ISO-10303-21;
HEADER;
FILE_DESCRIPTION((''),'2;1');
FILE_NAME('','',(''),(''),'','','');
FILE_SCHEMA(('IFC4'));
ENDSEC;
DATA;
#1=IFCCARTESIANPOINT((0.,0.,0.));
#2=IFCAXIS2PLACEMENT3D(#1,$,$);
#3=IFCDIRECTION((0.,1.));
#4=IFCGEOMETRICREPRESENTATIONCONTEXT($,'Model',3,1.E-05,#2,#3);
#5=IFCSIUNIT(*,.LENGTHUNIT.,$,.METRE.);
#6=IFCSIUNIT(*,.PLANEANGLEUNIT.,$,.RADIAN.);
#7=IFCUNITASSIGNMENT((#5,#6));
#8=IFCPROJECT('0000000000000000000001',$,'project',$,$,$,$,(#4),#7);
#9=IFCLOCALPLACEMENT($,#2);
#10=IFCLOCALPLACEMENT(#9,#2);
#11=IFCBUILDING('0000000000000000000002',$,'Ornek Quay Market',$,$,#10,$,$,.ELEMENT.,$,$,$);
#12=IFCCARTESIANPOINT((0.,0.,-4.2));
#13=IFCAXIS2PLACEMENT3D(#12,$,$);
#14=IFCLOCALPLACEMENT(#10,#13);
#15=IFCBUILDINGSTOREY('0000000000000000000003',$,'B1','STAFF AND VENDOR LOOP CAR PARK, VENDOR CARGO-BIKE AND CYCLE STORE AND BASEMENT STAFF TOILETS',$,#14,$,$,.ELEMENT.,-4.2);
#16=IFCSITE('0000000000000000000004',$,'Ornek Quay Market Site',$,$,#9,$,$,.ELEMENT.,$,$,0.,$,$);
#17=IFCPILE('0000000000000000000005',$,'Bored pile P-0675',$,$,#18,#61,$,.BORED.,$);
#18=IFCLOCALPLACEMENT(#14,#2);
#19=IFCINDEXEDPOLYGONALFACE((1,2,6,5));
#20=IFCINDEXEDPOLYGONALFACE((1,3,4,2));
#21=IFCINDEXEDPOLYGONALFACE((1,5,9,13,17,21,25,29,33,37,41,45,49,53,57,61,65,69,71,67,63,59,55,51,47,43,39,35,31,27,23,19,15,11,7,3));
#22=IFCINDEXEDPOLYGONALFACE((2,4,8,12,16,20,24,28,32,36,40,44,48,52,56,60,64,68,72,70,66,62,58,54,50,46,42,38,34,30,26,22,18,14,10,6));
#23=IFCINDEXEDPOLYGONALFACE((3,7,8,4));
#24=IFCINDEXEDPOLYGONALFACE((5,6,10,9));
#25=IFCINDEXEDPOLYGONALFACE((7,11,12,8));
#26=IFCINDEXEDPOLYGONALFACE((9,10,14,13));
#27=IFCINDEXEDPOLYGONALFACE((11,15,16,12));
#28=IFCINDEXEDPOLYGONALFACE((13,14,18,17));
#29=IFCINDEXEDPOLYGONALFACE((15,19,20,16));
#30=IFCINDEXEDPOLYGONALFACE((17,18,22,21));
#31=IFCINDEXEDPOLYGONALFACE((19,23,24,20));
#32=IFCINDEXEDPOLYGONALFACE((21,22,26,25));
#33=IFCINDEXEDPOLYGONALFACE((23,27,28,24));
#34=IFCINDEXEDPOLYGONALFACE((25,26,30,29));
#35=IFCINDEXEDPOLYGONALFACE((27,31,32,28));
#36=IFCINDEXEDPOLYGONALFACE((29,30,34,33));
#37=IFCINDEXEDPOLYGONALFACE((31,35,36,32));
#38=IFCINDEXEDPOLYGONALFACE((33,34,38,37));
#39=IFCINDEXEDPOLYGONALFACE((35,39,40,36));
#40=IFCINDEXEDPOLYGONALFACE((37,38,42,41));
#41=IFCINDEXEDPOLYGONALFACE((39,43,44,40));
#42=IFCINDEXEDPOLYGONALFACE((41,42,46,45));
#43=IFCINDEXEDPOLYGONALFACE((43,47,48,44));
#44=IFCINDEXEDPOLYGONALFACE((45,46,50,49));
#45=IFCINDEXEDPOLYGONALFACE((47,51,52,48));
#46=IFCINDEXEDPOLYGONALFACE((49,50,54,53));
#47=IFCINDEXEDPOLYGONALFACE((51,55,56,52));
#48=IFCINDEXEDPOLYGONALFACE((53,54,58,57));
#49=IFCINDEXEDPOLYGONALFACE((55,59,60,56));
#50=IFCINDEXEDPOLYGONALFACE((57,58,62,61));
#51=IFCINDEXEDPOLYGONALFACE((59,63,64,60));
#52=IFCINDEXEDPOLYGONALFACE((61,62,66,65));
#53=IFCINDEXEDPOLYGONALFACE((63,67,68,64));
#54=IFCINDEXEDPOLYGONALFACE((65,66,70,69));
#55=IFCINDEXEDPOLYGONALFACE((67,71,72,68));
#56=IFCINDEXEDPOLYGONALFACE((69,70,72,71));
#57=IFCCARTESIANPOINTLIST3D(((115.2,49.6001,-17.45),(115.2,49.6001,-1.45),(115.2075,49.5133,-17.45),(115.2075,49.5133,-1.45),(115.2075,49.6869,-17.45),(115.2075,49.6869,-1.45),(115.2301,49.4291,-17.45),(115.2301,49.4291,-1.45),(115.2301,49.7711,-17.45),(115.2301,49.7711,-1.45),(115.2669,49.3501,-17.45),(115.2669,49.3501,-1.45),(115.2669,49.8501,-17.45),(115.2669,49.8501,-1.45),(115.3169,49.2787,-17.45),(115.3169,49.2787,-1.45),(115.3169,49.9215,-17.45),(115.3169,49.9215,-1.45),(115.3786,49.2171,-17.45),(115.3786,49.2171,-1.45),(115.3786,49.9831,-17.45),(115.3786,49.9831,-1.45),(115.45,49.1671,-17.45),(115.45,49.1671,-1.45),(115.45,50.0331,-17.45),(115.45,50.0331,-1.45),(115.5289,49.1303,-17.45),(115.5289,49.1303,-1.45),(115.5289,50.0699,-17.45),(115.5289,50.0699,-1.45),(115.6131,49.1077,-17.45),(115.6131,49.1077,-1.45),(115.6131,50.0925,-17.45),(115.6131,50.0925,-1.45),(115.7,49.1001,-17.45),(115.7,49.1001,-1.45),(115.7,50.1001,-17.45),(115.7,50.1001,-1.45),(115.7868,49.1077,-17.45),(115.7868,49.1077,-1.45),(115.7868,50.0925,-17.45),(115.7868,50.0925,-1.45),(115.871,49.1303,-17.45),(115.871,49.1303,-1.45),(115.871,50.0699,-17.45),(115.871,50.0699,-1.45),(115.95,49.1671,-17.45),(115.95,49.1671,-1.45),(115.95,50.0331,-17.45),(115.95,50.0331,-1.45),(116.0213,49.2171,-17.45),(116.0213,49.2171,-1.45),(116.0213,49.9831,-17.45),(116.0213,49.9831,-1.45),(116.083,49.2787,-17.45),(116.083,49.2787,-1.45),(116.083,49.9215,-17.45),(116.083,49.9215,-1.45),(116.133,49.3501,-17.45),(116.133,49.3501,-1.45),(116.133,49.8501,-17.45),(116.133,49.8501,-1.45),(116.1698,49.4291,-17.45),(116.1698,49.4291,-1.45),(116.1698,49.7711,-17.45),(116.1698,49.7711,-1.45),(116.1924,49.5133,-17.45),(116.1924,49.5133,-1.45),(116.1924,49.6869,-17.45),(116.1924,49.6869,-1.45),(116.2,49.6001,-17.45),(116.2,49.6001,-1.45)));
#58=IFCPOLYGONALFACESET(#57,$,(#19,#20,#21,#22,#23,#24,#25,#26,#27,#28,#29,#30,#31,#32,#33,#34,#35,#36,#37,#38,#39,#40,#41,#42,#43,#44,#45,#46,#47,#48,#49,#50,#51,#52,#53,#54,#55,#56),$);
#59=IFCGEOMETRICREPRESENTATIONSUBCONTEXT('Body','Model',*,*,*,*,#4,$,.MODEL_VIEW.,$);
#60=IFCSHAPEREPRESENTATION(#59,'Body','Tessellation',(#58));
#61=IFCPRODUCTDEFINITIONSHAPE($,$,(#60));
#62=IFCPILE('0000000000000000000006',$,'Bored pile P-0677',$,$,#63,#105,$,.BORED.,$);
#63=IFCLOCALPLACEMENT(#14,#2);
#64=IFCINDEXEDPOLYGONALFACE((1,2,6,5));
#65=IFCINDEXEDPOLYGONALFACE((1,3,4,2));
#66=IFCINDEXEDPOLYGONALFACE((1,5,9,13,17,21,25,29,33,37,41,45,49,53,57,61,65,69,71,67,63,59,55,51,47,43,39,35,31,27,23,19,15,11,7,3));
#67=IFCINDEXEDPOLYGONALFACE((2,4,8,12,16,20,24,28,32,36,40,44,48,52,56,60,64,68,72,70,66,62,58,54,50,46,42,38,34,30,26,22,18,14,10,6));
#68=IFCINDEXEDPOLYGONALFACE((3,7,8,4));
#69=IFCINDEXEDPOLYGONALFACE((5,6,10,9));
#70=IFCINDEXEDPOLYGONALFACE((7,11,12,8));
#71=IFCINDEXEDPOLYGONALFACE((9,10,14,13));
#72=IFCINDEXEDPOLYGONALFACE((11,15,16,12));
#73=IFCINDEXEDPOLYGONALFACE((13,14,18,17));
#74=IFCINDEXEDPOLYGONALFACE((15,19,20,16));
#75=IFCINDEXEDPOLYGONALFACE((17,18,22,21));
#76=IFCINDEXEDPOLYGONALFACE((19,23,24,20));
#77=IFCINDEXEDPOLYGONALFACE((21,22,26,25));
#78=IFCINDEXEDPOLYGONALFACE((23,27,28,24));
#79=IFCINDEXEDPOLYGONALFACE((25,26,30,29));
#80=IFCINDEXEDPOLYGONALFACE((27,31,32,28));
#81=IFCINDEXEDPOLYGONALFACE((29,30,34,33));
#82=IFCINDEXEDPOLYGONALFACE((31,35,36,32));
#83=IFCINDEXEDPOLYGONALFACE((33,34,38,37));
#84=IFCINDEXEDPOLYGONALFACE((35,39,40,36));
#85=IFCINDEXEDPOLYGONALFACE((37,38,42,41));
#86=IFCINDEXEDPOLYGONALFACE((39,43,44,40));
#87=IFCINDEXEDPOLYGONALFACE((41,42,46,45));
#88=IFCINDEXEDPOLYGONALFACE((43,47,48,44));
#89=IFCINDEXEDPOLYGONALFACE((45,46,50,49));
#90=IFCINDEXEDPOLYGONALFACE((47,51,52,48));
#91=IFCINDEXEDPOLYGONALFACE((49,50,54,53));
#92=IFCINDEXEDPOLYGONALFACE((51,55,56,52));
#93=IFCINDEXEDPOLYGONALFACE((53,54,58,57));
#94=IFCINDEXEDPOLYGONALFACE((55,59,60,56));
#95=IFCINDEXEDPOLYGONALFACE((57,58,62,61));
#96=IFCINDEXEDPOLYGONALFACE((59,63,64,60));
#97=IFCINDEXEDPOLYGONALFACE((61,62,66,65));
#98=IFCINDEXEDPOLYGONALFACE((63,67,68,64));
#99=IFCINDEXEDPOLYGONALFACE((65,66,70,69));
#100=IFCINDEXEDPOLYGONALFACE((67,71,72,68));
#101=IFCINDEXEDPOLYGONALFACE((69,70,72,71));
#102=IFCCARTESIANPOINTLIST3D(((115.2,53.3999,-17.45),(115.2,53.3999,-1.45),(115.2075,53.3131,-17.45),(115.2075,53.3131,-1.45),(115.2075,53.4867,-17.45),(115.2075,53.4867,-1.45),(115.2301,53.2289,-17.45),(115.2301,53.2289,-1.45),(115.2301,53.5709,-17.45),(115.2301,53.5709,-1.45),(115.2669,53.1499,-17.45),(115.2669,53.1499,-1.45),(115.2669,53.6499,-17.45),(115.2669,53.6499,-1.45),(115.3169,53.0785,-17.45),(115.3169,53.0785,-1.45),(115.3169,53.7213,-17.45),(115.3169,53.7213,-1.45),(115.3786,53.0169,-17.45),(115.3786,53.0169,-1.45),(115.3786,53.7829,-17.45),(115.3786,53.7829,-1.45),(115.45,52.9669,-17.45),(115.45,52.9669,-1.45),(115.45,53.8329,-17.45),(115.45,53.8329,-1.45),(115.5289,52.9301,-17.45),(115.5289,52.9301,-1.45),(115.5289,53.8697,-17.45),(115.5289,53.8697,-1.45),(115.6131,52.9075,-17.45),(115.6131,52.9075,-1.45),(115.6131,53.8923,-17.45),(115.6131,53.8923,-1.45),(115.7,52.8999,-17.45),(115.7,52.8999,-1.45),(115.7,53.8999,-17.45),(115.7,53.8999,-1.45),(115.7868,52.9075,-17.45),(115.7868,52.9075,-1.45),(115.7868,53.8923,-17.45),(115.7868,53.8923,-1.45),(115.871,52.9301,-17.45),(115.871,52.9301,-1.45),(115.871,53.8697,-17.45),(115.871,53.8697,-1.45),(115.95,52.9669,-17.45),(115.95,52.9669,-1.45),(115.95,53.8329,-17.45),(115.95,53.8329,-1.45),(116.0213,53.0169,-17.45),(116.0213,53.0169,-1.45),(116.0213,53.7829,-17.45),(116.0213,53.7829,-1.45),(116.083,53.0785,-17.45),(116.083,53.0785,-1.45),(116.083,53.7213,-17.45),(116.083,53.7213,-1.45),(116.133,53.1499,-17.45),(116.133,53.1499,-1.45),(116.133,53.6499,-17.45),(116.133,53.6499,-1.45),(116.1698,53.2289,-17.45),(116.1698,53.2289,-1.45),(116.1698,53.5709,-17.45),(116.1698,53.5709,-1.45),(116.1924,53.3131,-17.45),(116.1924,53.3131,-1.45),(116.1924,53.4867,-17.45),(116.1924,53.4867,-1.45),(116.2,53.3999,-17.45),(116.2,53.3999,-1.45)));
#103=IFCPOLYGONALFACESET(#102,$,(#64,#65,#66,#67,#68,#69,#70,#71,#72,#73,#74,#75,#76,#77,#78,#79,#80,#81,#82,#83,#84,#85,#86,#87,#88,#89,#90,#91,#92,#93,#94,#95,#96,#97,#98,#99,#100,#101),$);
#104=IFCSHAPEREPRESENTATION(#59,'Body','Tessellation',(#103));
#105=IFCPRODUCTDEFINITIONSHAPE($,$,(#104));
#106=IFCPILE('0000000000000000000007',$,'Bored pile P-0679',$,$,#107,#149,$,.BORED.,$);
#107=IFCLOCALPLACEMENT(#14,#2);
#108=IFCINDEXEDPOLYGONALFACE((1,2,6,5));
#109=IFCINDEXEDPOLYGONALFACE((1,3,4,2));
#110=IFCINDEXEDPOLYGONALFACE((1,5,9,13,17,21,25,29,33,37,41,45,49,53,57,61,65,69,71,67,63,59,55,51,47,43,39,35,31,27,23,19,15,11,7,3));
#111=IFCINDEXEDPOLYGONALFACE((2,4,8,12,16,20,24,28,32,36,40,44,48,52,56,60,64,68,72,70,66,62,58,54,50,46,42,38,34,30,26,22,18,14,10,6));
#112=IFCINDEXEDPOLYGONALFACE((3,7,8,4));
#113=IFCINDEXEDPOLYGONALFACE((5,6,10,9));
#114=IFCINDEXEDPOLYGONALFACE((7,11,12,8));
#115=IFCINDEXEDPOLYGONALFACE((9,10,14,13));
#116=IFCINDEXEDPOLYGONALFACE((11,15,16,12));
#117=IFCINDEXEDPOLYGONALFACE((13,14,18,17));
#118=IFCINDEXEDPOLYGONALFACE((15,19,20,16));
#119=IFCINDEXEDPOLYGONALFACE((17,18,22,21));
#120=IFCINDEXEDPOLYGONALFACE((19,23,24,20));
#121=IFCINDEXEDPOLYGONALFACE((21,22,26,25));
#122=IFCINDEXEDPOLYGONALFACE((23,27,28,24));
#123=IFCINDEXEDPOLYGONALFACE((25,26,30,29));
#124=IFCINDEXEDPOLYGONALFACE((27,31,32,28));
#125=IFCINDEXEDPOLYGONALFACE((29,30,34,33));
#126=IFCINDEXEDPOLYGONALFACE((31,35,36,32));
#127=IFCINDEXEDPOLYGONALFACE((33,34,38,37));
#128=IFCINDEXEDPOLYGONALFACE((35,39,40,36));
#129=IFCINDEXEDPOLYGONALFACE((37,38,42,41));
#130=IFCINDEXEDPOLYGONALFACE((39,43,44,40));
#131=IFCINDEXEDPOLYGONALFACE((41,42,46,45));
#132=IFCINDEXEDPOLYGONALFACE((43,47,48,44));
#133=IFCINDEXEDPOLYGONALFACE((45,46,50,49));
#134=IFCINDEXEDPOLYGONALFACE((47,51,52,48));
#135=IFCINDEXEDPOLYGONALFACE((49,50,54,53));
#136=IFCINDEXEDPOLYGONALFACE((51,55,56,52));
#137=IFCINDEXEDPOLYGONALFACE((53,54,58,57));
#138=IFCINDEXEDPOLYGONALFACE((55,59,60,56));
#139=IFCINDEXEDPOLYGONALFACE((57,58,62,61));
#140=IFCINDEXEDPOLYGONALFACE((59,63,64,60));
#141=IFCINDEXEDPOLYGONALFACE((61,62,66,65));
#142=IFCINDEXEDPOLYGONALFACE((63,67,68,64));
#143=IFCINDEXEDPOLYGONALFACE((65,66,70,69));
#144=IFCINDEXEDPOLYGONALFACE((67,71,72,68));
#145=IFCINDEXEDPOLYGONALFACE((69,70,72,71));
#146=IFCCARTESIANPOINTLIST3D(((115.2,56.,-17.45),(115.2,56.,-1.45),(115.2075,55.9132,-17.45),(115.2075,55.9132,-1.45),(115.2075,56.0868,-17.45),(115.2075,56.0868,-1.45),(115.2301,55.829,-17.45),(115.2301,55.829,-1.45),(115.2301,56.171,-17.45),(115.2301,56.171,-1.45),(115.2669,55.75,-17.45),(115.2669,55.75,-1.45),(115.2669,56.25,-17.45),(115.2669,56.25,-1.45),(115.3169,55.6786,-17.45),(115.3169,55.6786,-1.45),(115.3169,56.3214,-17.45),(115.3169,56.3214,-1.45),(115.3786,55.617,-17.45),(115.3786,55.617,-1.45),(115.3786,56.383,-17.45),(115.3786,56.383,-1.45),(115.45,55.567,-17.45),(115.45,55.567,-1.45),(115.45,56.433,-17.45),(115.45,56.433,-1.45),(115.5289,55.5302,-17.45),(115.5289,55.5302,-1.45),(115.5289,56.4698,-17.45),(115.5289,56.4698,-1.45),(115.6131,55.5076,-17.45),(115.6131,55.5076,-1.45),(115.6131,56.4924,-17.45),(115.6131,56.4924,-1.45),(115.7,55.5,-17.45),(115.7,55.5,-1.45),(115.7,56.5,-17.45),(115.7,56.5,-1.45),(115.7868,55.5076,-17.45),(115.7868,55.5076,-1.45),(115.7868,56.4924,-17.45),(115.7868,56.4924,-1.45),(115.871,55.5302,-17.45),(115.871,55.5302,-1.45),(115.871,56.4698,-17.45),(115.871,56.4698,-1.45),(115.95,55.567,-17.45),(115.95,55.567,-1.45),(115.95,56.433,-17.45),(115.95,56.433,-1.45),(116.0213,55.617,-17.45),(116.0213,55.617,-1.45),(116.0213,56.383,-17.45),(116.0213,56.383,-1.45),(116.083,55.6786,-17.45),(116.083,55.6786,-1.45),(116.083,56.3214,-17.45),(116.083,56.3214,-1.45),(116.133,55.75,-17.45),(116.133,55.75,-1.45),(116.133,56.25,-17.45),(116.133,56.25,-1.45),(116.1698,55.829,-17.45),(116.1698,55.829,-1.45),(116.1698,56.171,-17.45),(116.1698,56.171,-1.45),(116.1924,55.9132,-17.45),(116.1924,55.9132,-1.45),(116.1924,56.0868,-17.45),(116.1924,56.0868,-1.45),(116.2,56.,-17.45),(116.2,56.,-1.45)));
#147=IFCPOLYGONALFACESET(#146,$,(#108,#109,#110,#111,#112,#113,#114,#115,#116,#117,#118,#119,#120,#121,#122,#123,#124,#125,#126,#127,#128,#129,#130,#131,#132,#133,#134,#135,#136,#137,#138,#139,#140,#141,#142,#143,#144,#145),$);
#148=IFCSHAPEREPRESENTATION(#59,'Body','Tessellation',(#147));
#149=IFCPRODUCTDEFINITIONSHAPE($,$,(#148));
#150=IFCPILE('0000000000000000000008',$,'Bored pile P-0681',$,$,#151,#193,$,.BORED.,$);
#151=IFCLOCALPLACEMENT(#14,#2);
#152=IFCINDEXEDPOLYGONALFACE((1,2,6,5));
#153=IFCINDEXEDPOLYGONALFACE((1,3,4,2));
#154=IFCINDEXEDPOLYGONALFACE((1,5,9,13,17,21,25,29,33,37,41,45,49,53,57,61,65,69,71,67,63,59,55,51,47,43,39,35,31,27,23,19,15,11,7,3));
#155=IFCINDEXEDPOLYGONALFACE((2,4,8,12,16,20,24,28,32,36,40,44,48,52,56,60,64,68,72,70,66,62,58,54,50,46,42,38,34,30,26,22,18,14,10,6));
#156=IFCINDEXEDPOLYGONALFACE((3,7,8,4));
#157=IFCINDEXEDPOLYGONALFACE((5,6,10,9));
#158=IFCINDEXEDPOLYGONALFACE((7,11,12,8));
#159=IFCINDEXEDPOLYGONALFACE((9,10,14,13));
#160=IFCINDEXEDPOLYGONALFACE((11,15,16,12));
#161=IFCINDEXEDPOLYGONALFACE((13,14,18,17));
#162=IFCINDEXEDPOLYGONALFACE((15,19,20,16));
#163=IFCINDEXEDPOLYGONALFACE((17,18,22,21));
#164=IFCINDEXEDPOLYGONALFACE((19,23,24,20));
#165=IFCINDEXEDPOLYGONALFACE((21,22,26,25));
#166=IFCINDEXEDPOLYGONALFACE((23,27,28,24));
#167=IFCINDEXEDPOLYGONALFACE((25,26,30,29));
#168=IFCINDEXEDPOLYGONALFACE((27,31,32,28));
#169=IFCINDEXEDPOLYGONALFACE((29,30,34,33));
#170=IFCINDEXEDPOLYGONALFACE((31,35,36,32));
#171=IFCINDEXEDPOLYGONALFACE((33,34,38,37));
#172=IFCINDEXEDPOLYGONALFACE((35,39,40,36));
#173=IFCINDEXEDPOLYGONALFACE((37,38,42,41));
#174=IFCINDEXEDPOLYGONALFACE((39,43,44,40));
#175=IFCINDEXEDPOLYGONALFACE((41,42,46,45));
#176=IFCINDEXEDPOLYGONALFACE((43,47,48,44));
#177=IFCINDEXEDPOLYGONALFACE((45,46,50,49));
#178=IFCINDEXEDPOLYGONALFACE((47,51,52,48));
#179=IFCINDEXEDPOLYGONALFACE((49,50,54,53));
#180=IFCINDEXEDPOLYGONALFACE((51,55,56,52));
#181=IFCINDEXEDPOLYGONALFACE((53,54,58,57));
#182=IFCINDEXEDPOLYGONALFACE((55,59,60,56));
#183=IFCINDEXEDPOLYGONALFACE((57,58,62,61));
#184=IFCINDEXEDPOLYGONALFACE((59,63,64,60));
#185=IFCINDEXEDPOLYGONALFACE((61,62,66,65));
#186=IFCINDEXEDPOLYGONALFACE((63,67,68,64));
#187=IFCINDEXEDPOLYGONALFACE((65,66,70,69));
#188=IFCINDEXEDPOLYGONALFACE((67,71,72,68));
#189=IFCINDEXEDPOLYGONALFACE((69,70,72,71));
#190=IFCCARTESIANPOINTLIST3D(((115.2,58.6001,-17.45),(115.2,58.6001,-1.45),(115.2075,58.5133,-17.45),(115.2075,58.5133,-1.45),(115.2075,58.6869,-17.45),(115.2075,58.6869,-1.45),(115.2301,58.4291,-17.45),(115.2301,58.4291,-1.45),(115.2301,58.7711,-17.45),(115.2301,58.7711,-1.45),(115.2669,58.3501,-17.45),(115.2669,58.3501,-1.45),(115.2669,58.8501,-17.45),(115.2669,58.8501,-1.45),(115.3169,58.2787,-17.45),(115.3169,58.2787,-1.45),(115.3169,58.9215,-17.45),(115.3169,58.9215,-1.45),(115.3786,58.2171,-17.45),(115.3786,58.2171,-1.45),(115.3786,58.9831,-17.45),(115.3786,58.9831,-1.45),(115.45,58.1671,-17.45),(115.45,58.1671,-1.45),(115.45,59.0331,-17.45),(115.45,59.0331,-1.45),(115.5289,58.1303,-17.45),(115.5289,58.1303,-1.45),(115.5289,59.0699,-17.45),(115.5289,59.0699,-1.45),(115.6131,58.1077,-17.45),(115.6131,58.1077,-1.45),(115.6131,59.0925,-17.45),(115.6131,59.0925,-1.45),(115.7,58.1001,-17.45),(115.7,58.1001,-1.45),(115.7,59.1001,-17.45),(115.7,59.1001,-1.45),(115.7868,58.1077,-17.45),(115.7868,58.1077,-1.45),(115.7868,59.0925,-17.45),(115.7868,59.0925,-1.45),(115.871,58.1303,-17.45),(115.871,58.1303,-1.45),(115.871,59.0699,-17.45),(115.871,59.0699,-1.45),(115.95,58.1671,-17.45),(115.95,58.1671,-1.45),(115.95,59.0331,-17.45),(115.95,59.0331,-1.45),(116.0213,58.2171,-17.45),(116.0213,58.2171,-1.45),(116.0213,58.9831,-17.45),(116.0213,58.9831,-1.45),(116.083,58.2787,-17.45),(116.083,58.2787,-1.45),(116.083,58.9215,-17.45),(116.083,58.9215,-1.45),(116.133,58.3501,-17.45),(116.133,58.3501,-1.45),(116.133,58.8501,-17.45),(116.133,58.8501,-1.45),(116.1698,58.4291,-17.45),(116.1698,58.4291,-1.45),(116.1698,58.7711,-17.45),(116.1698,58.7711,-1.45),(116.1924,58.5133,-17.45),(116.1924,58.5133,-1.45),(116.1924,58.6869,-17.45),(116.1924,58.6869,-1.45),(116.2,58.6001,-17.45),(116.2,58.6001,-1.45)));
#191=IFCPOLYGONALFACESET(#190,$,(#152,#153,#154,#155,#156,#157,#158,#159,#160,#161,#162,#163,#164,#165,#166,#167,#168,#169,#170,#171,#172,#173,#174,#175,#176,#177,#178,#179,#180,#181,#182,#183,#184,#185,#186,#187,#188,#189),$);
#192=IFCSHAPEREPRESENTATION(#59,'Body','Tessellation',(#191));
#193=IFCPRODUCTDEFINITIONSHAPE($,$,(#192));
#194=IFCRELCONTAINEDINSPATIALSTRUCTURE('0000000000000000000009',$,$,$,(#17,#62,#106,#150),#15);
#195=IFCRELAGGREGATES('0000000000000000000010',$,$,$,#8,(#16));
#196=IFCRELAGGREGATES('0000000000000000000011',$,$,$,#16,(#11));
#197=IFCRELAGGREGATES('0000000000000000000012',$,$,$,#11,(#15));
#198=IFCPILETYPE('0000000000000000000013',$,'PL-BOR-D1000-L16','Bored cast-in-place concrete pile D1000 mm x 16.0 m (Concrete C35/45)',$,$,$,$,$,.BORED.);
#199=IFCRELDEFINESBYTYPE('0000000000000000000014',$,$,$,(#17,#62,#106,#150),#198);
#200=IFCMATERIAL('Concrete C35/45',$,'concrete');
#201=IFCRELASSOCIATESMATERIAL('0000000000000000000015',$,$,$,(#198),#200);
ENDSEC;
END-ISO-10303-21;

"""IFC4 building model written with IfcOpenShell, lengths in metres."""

from ifc_helpers import new_model, si_unit, direction, frame, origin, origin_2d, place, context, subcontext, project, spatial, circle, extrude, material, material_profile, profile_set, type_object, element, save


model = new_model("IFC4")

# Units and contexts
model_context = context("Model", 3, precision=1e-05, world=origin(), true_north=direction((0.0, 1.0)))
body_context = subcontext(model_context, "Body", "Model", "MODEL_VIEW")
ifc_project = project(units=[si_unit("LENGTHUNIT", "METRE"), si_unit("PLANEANGLEUNIT", "RADIAN")], contexts=[model_context])

# Site, building, storey
site_placement = place(None, origin())
site = spatial("IfcSite", under=ifc_project, at=site_placement, Name="Ornek Quay Market Site", CompositionType="ELEMENT", RefElevation=0.0)
building_placement = place(site_placement, origin())
building = spatial("IfcBuilding", under=site, at=building_placement, Name="Ornek Quay Market", CompositionType="ELEMENT")
storey_placement = place(building_placement, frame((0.0, 0.0, -4.2)))
storey = spatial("IfcBuildingStorey", under=building, at=storey_placement, Name="B1", Description="STAFF AND VENDOR LOOP CAR PARK, VENDOR CARGO-BIKE AND CYCLE STORE AND BASEMENT STAFF TOILETS", CompositionType="ELEMENT", Elevation=-4.2)

# Piles
ifc_material_1 = material(Name="Concrete C35/45", Category="concrete")
ifc_material_profile_1 = material_profile(ifc_material_1, circle(Radius=0.5, at=origin_2d()), Name="PILE D1000", Category="concrete")
ifc_profile_set_1 = profile_set([ifc_material_profile_1], Name="Concrete C35/45")
pile_type_1 = type_object("IfcPileType", Name="PL-BOR-D1000-L16", Description="Bored cast-in-place concrete pile D1000 mm x 16.0 m (Concrete C35/45)", PredefinedType="BORED", material=ifc_profile_set_1)
for number, where, z_axis, x_axis, name in (
    (1, (115.7, 49.6001, -1.45), (0.0, 0.0, -1.0), (1.0, 0.0, 0.0), "Bored pile P-0675"),
    (2, (115.7, 53.3999, -1.45), (0.0, 0.0, -1.0), (1.0, 0.0, 0.0), "Bored pile P-0677"),
    (3, (115.7, 56.0, -1.45), (0.0, 0.0, -1.0), (1.0, 0.0, 0.0), "Bored pile P-0679"),
    (4, (115.7, 58.6001, -1.45), (0.0, 0.0, -1.0), (1.0, 0.0, 0.0), "Bored pile P-0681"),
):
    element("IfcPile", number, at=place(storey_placement, frame(where, z_axis=z_axis, x_axis=x_axis)), inside=storey, type_object=pile_type_1, Name=name, PredefinedType="BORED", context=body_context, shape_type="SweptSolid", body=[
        extrude(circle(Radius=0.5, at=origin_2d()), origin(), (0.0, 0.0, 1.0), 16.0),
    ])

save(model, "model.ifc")
